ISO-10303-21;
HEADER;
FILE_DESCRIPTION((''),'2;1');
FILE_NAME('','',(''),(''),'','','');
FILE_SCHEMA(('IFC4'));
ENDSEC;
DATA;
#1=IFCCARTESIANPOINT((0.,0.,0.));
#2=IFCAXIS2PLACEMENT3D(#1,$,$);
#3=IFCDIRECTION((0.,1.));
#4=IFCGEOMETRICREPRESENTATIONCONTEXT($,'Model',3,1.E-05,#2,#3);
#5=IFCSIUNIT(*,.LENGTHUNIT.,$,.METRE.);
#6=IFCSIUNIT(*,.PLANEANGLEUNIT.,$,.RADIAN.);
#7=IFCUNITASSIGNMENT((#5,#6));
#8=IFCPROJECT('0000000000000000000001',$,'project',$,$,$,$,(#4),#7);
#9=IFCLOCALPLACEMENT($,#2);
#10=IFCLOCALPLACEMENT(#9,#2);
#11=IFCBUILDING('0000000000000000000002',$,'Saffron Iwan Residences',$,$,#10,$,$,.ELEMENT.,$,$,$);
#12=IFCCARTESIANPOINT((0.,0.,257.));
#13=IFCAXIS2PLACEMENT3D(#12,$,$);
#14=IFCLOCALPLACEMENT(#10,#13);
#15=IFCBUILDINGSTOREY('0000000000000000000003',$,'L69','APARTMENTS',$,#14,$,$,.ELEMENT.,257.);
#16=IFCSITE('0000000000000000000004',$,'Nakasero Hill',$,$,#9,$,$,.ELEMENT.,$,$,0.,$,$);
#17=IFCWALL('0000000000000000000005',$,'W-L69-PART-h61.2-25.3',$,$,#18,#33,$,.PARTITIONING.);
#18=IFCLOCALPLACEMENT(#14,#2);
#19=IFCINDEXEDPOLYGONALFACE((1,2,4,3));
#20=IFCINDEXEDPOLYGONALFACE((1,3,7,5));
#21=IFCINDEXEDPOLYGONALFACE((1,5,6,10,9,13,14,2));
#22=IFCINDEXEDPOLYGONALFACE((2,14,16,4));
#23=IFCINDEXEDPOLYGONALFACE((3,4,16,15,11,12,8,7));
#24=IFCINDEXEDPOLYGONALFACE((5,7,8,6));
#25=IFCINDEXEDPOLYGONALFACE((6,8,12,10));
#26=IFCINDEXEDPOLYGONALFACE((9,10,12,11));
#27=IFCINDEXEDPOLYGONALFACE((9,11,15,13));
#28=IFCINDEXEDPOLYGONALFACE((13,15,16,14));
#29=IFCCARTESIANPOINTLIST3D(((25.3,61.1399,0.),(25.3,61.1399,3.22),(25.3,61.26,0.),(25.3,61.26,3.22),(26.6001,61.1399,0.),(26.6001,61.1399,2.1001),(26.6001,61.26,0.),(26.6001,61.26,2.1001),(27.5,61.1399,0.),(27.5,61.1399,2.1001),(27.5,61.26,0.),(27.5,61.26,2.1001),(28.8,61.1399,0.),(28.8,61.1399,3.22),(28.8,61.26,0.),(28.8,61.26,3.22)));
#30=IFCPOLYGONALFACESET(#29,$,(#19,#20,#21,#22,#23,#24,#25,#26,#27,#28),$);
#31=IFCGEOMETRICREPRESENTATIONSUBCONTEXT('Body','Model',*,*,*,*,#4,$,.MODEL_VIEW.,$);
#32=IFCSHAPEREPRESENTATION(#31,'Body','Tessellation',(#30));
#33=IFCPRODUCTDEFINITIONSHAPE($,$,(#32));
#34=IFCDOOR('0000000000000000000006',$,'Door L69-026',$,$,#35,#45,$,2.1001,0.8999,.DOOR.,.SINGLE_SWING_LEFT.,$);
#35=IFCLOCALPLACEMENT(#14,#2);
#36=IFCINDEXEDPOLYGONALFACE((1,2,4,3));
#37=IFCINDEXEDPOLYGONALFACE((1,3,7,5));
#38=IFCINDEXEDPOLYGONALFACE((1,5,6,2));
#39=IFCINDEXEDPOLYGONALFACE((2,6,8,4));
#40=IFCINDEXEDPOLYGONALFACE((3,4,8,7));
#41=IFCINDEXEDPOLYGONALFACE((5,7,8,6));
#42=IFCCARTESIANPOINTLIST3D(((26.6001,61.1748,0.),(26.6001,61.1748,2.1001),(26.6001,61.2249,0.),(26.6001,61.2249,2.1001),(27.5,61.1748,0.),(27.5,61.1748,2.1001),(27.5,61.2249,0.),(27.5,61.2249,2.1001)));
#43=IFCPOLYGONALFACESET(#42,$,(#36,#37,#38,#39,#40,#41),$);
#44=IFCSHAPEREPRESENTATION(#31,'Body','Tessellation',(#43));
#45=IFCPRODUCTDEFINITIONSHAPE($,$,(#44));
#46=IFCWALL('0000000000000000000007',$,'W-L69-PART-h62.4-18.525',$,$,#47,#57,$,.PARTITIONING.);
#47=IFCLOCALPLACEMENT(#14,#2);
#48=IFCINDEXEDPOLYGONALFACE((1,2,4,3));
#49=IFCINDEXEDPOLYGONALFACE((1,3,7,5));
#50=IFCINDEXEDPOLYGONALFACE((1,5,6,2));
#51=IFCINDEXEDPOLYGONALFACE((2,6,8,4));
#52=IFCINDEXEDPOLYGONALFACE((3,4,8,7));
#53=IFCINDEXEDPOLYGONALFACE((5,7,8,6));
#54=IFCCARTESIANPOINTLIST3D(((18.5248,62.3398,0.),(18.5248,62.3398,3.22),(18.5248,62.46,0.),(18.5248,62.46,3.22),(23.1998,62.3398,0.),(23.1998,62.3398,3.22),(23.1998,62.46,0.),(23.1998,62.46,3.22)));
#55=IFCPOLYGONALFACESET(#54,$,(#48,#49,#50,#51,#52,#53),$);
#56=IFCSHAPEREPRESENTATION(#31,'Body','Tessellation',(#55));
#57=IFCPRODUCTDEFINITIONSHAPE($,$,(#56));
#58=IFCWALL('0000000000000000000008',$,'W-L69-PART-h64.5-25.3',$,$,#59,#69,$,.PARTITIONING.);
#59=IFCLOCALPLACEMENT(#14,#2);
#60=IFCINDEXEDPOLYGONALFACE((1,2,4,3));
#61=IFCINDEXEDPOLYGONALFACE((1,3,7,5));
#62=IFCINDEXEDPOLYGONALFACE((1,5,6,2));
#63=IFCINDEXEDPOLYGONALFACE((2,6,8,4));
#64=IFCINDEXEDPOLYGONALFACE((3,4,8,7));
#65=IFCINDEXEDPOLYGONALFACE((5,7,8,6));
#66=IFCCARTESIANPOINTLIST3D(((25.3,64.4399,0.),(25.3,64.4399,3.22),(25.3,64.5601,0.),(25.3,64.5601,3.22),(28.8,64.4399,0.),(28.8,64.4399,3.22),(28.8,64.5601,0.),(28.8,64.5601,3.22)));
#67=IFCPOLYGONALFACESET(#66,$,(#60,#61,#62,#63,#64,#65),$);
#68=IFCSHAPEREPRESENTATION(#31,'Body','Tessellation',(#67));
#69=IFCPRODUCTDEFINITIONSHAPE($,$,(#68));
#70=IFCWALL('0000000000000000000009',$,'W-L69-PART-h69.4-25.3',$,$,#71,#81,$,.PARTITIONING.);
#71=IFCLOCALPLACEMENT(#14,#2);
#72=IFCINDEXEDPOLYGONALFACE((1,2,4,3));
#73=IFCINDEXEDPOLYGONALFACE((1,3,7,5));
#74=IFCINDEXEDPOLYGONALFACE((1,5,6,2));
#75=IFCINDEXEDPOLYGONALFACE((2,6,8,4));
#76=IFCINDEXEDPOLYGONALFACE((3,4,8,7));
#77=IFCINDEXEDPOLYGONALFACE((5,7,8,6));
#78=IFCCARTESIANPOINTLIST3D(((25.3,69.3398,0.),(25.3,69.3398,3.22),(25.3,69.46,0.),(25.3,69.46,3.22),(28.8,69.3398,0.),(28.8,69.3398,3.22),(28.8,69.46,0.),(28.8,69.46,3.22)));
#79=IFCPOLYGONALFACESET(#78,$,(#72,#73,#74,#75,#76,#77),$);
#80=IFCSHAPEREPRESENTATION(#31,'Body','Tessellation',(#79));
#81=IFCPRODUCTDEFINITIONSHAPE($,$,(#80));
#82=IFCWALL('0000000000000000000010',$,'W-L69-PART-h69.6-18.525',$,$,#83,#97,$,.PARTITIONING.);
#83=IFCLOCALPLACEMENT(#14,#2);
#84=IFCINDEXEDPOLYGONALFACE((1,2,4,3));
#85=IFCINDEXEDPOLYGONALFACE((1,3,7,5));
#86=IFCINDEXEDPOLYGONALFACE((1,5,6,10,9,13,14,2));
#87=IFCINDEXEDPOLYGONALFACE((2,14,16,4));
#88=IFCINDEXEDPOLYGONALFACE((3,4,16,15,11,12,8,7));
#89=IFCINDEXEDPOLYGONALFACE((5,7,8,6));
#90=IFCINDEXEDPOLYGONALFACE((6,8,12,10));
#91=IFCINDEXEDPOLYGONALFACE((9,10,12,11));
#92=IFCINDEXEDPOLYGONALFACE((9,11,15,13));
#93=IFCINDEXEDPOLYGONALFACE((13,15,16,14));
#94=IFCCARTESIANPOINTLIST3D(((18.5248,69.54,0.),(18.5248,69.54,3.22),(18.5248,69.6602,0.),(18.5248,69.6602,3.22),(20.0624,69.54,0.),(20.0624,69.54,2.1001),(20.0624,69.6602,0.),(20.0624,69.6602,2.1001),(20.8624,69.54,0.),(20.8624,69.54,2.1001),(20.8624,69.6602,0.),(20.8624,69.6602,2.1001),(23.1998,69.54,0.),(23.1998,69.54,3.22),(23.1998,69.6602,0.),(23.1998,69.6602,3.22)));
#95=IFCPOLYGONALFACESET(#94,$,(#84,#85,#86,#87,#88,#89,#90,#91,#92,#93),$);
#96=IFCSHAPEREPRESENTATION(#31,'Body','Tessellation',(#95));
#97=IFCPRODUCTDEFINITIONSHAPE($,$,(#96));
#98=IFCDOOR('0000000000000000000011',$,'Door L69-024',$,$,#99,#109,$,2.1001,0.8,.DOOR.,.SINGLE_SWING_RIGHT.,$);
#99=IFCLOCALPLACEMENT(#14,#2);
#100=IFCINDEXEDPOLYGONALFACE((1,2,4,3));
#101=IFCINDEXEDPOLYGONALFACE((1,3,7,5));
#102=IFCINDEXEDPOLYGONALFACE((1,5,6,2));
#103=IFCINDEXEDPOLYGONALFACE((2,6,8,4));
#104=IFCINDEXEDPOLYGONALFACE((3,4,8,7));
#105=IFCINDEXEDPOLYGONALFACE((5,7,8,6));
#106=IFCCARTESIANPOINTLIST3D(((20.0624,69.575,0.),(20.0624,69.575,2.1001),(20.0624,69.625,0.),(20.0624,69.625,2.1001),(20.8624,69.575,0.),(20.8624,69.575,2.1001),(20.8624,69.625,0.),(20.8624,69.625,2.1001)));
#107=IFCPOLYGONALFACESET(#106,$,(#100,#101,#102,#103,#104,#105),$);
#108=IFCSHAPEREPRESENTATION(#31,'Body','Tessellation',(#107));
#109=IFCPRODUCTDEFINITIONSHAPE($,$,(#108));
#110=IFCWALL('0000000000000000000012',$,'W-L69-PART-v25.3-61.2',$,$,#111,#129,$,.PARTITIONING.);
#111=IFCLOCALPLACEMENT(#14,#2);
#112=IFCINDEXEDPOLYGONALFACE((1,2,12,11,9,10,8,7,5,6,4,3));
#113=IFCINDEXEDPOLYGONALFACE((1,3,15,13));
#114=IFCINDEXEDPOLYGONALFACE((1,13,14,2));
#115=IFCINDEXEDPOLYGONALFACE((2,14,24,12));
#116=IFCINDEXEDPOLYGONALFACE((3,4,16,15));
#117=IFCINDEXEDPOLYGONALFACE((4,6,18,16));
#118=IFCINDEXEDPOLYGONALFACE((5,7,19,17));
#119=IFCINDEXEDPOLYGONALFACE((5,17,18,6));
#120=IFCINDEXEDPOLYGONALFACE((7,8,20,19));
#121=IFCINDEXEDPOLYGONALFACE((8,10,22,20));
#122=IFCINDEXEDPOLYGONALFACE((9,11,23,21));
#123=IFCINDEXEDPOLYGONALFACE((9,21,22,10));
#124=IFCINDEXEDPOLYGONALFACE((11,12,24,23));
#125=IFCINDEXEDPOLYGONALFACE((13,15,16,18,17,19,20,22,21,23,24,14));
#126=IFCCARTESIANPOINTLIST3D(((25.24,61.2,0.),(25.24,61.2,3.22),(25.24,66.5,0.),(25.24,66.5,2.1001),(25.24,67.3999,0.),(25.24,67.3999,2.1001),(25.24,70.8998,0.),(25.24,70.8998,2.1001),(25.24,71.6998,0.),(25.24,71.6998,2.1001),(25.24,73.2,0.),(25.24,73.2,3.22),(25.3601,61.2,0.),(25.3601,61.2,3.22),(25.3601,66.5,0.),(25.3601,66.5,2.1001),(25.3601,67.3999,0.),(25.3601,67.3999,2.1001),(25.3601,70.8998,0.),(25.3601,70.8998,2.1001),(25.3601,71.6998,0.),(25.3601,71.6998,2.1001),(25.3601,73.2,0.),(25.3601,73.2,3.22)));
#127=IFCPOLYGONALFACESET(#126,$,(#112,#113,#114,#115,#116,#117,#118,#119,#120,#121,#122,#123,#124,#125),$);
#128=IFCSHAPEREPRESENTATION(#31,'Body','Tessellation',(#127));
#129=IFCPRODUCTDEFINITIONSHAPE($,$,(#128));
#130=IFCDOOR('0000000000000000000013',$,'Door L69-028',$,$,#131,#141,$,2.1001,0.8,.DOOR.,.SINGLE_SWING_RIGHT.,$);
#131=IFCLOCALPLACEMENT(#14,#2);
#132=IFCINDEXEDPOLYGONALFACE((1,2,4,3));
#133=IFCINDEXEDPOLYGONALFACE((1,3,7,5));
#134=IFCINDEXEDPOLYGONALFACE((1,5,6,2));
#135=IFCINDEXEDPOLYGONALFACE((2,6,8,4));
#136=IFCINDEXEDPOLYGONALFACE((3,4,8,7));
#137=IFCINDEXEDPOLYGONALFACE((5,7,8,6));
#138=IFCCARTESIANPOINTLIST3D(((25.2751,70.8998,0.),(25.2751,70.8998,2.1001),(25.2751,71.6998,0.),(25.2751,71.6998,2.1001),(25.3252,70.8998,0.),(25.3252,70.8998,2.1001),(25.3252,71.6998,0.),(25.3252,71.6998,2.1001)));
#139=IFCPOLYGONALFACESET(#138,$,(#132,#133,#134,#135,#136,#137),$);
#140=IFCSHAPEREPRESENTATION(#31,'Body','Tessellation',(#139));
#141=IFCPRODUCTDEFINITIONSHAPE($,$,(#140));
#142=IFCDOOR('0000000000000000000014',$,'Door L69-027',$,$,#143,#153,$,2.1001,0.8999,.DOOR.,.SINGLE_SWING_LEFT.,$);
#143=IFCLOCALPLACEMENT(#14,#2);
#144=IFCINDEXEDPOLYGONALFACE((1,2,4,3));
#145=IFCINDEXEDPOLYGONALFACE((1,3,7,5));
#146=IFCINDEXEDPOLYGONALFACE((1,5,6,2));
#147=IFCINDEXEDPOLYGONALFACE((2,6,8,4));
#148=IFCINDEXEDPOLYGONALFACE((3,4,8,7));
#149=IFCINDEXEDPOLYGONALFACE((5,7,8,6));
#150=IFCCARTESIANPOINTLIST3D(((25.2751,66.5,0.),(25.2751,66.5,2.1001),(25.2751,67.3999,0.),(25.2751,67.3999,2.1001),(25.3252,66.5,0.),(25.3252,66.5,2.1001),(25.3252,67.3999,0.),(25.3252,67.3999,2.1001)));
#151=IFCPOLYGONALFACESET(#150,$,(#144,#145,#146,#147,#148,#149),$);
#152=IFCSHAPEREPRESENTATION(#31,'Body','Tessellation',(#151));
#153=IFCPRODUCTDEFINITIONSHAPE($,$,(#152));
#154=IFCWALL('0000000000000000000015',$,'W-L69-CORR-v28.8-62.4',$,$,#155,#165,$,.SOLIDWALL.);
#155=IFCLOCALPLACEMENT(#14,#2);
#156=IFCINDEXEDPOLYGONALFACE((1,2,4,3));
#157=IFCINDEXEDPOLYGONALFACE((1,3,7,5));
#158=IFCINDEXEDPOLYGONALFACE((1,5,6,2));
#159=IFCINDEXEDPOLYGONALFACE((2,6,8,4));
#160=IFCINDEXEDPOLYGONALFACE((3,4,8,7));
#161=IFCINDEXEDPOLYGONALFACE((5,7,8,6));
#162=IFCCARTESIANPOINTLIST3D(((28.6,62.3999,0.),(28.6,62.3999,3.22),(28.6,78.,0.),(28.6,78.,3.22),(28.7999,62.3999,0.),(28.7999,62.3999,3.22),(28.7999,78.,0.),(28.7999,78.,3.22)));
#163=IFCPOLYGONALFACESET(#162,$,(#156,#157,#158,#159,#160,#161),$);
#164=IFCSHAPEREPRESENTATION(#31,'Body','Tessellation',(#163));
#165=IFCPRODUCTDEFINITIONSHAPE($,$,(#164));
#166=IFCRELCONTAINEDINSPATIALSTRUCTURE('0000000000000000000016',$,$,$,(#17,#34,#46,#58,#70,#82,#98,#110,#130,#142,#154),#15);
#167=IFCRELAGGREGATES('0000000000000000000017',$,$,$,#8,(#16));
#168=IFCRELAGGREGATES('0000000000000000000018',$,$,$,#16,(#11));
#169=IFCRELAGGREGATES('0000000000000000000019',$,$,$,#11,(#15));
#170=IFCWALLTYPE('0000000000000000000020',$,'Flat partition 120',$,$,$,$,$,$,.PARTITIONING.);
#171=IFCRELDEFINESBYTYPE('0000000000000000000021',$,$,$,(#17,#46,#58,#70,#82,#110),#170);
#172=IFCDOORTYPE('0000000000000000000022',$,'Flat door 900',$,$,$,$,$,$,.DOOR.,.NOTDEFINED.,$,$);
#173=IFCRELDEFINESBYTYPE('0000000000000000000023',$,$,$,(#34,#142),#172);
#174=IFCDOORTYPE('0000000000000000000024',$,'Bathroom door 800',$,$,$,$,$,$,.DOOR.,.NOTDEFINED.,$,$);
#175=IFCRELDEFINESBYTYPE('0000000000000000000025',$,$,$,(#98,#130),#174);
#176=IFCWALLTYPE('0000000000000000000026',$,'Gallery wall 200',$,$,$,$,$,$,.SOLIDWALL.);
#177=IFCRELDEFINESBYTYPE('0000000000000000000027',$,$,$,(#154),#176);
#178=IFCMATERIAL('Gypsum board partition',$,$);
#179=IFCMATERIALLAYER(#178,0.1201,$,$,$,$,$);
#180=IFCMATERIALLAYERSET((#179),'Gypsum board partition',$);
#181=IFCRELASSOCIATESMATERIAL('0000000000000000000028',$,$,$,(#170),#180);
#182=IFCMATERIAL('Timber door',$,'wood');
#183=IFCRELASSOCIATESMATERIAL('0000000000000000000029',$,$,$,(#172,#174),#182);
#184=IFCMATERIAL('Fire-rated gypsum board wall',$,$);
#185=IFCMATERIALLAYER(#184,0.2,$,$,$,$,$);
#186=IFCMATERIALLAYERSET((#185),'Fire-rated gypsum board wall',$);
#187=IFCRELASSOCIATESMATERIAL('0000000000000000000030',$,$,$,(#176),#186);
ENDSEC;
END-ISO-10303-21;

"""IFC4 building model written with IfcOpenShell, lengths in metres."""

from ifc_helpers import new_model, si_unit, direction, frame, frame_2d, origin, place, context, subcontext, project, spatial, rectangle, extrude, material, layer, layer_set, type_object, element, fill, save


model = new_model("IFC4")

# Units and contexts
model_context = context("Model", 3, precision=1e-05, world=origin(), true_north=direction((0.0, 1.0)))
body_context = subcontext(model_context, "Body", "Model", "MODEL_VIEW")
ifc_project = project(units=[si_unit("LENGTHUNIT", "METRE"), si_unit("PLANEANGLEUNIT", "RADIAN")], contexts=[model_context])

# Site, building, storey
site_placement = place(None, origin())
site = spatial("IfcSite", under=ifc_project, at=site_placement, Name="Nakasero Hill", CompositionType="ELEMENT", RefElevation=0.0)
building_placement = place(site_placement, origin())
building = spatial("IfcBuilding", under=site, at=building_placement, Name="Saffron Iwan Residences", CompositionType="ELEMENT")
storey_placement = place(building_placement, frame((0.0, 0.0, 257.0)))
storey = spatial("IfcBuildingStorey", under=building, at=storey_placement, Name="L69", Description="APARTMENTS", CompositionType="ELEMENT", Elevation=257.0)

# Shared definitions
ifc_material_1 = material(Name="Fire-rated gypsum board wall")
ifc_material_2 = material(Name="Gypsum board partition")
ifc_layer_1 = layer(ifc_material_2, 0.1201)
ifc_layer_set_1 = layer_set([ifc_layer_1], Name="Gypsum board partition")
wall_type_1 = type_object("IfcWallType", Name="Flat partition 120", PredefinedType="PARTITIONING", material=ifc_layer_set_1)

# Wall, opening, door
wall_1_placement = place(storey_placement, frame((25.3, 61.2, 0.0), z_axis=(0.0, 0.0, 1.0), x_axis=(1.0, 0.0, 0.0)))
wall_1 = element("IfcWall", 1, at=wall_1_placement, inside=storey, type_object=wall_type_1, Name="W-L69-PART-h61.2-25.3", PredefinedType="PARTITIONING", context=body_context, shape_type="SweptSolid", body=[
    extrude(rectangle(XDim=3.5, YDim=0.1201, at=frame_2d((1.75, 0.0))), origin(), (0.0, 0.0, 1.0), 3.22),
])
opening_1_placement = place(wall_1_placement, frame((1.3, 0.0, 0.0)))
opening_1 = element("IfcOpeningElement", 2, at=opening_1_placement, cuts=wall_1, PredefinedType="OPENING", context=body_context, shape_type="SweptSolid", body=[
    extrude(rectangle(XDim=0.8999, YDim=2.1001, at=frame_2d((0.45, 1.05))), frame((0.0, 0.0701, 0.0), z_axis=(0.0, -1.0, 0.0), x_axis=(1.0, 0.0, 0.0)), (0.0, 0.0, 1.0), 0.1401),
])
ifc_material_3 = material(Name="Timber door", Category="wood")
door_type_1 = type_object("IfcDoorType", Name="Flat door 900", OperationType="NOTDEFINED", PredefinedType="DOOR", material=ifc_material_3)
door_1_placement = place(opening_1_placement, origin())
door_1 = element("IfcDoor", 3, at=door_1_placement, inside=storey, type_object=door_type_1, Name="Door L69-026", OperationType="SINGLE_SWING_LEFT", OverallHeight=2.1001, OverallWidth=0.8999, PredefinedType="DOOR", context=body_context, shape_type="SweptSolid", body=[
    extrude(rectangle(XDim=0.8999, YDim=2.1001, at=frame_2d((0.45, 1.05))), frame((0.0, 0.0249, 0.0), z_axis=(0.0, -1.0, 0.0), x_axis=(1.0, 0.0, 0.0)), (0.0, 0.0, 1.0), 0.05),
])
fill(opening_1, door_1)

# Walls
wall_2_placement = place(storey_placement, frame((18.5249, 62.3999, 0.0), z_axis=(0.0, 0.0, 1.0), x_axis=(1.0, 0.0, 0.0)))
element("IfcWall", 4, at=wall_2_placement, inside=storey, type_object=wall_type_1, Name="W-L69-PART-h62.4-18.525", PredefinedType="PARTITIONING", context=body_context, shape_type="SweptSolid", body=[
    extrude(rectangle(XDim=4.675, YDim=0.1201, at=frame_2d((2.3374, 0.0))), origin(), (0.0, 0.0, 1.0), 3.22),
])
for number, where, z_axis, x_axis, name in (
    (5, (25.3, 64.5, 0.0), (0.0, 0.0, 1.0), (1.0, 0.0, 0.0), "W-L69-PART-h64.5-25.3"),
    (6, (25.3, 69.3999, 0.0), (0.0, 0.0, 1.0), (1.0, 0.0, 0.0), "W-L69-PART-h69.4-25.3"),
):
    element("IfcWall", number, at=place(storey_placement, frame(where, z_axis=z_axis, x_axis=x_axis)), inside=storey, type_object=wall_type_1, Name=name, PredefinedType="PARTITIONING", context=body_context, shape_type="SweptSolid", body=[
        extrude(rectangle(XDim=3.5, YDim=0.1201, at=frame_2d((1.75, 0.0))), origin(), (0.0, 0.0, 1.0), 3.22),
    ])

# Wall, opening, door
wall_3_placement = place(storey_placement, frame((18.5249, 69.6001, 0.0), z_axis=(0.0, 0.0, 1.0), x_axis=(1.0, 0.0, 0.0)))
wall_3 = element("IfcWall", 7, at=wall_3_placement, inside=storey, type_object=wall_type_1, Name="W-L69-PART-h69.6-18.525", PredefinedType="PARTITIONING", context=body_context, shape_type="SweptSolid", body=[
    extrude(rectangle(XDim=4.675, YDim=0.1201, at=frame_2d((2.3374, 0.0))), origin(), (0.0, 0.0, 1.0), 3.22),
])
opening_2_placement = place(wall_3_placement, frame((1.5376, 0.0, 0.0)))
opening_2 = element("IfcOpeningElement", 8, at=opening_2_placement, cuts=wall_3, PredefinedType="OPENING", context=body_context, shape_type="SweptSolid", body=[
    extrude(rectangle(XDim=0.8, YDim=2.1001, at=frame_2d((0.3999, 1.05))), frame((0.0, 0.0701, 0.0), z_axis=(0.0, -1.0, 0.0), x_axis=(1.0, 0.0, 0.0)), (0.0, 0.0, 1.0), 0.1401),
])
door_type_2 = type_object("IfcDoorType", Name="Bathroom door 800", OperationType="NOTDEFINED", PredefinedType="DOOR", material=ifc_material_3)
door_2_placement = place(opening_2_placement, origin())
door_2 = element("IfcDoor", 9, at=door_2_placement, inside=storey, type_object=door_type_2, Name="Door L69-024", OperationType="SINGLE_SWING_RIGHT", OverallHeight=2.1001, OverallWidth=0.8, PredefinedType="DOOR", context=body_context, shape_type="SweptSolid", body=[
    extrude(rectangle(XDim=0.8, YDim=2.1001, at=frame_2d((0.3999, 1.05))), frame((0.0, 0.0249, 0.0), z_axis=(0.0, -1.0, 0.0), x_axis=(1.0, 0.0, 0.0)), (0.0, 0.0, 1.0), 0.05),
])
fill(opening_2, door_2)

# Wall, openings, doors
wall_4_placement = place(storey_placement, frame((25.3, 61.2, 0.0), z_axis=(0.0, 0.0, 1.0), x_axis=(0.0, 1.0, 0.0)))
wall_4 = element("IfcWall", 10, at=wall_4_placement, inside=storey, type_object=wall_type_1, Name="W-L69-PART-v25.3-61.2", PredefinedType="PARTITIONING", context=body_context, shape_type="SweptSolid", body=[
    extrude(rectangle(XDim=12.0, YDim=0.1201, at=frame_2d((6.0, 0.0))), origin(), (0.0, 0.0, 1.0), 3.22),
])
opening_3_placement = place(wall_4_placement, frame((5.3, 0.0, 0.0)))
opening_3 = element("IfcOpeningElement", 11, at=opening_3_placement, cuts=wall_4, PredefinedType="OPENING", context=body_context, shape_type="SweptSolid", body=[
    extrude(rectangle(XDim=0.8999, YDim=2.1001, at=frame_2d((0.45, 1.05))), frame((0.0, 0.0701, 0.0), z_axis=(0.0, -1.0, 0.0), x_axis=(1.0, 0.0, 0.0)), (0.0, 0.0, 1.0), 0.1401),
])
opening_4_placement = place(wall_4_placement, frame((9.7, 0.0, 0.0)))
opening_4 = element("IfcOpeningElement", 12, at=opening_4_placement, cuts=wall_4, PredefinedType="OPENING", context=body_context, shape_type="SweptSolid", body=[
    extrude(rectangle(XDim=0.8, YDim=2.1001, at=frame_2d((0.3999, 1.05))), frame((0.0, 0.0701, 0.0), z_axis=(0.0, -1.0, 0.0), x_axis=(1.0, 0.0, 0.0)), (0.0, 0.0, 1.0), 0.1401),
])
door_3_placement = place(opening_4_placement, origin())
door_3 = element("IfcDoor", 13, at=door_3_placement, inside=storey, type_object=door_type_2, Name="Door L69-028", OperationType="SINGLE_SWING_RIGHT", OverallHeight=2.1001, OverallWidth=0.8, PredefinedType="DOOR", context=body_context, shape_type="SweptSolid", body=[
    extrude(rectangle(XDim=0.8, YDim=2.1001, at=frame_2d((0.3999, 1.05))), frame((0.0, 0.0249, 0.0), z_axis=(0.0, -1.0, 0.0), x_axis=(1.0, 0.0, 0.0)), (0.0, 0.0, 1.0), 0.05),
])
fill(opening_4, door_3)
door_4_placement = place(opening_3_placement, origin())
door_4 = element("IfcDoor", 14, at=door_4_placement, inside=storey, type_object=door_type_1, Name="Door L69-027", OperationType="SINGLE_SWING_LEFT", OverallHeight=2.1001, OverallWidth=0.8999, PredefinedType="DOOR", context=body_context, shape_type="SweptSolid", body=[
    extrude(rectangle(XDim=0.8999, YDim=2.1001, at=frame_2d((0.45, 1.05))), frame((0.0, 0.0249, 0.0), z_axis=(0.0, -1.0, 0.0), x_axis=(1.0, 0.0, 0.0)), (0.0, 0.0, 1.0), 0.05),
])
fill(opening_3, door_4)

# Wall
ifc_layer_2 = layer(ifc_material_1, 0.2)
ifc_layer_set_2 = layer_set([ifc_layer_2], Name="Fire-rated gypsum board wall")
wall_type_2 = type_object("IfcWallType", Name="Gallery wall 200", PredefinedType="SOLIDWALL", material=ifc_layer_set_2)
wall_5_placement = place(storey_placement, frame((28.7, 62.3999, 0.0), z_axis=(0.0, 0.0, 1.0), x_axis=(0.0, 1.0, 0.0)))
element("IfcWall", 15, at=wall_5_placement, inside=storey, type_object=wall_type_2, Name="W-L69-CORR-v28.8-62.4", PredefinedType="SOLIDWALL", context=body_context, shape_type="SweptSolid", body=[
    extrude(rectangle(XDim=15.6001, YDim=0.2, at=frame_2d((7.8, 0.0))), origin(), (0.0, 0.0, 1.0), 3.22),
])

save(model, "model.ifc")
